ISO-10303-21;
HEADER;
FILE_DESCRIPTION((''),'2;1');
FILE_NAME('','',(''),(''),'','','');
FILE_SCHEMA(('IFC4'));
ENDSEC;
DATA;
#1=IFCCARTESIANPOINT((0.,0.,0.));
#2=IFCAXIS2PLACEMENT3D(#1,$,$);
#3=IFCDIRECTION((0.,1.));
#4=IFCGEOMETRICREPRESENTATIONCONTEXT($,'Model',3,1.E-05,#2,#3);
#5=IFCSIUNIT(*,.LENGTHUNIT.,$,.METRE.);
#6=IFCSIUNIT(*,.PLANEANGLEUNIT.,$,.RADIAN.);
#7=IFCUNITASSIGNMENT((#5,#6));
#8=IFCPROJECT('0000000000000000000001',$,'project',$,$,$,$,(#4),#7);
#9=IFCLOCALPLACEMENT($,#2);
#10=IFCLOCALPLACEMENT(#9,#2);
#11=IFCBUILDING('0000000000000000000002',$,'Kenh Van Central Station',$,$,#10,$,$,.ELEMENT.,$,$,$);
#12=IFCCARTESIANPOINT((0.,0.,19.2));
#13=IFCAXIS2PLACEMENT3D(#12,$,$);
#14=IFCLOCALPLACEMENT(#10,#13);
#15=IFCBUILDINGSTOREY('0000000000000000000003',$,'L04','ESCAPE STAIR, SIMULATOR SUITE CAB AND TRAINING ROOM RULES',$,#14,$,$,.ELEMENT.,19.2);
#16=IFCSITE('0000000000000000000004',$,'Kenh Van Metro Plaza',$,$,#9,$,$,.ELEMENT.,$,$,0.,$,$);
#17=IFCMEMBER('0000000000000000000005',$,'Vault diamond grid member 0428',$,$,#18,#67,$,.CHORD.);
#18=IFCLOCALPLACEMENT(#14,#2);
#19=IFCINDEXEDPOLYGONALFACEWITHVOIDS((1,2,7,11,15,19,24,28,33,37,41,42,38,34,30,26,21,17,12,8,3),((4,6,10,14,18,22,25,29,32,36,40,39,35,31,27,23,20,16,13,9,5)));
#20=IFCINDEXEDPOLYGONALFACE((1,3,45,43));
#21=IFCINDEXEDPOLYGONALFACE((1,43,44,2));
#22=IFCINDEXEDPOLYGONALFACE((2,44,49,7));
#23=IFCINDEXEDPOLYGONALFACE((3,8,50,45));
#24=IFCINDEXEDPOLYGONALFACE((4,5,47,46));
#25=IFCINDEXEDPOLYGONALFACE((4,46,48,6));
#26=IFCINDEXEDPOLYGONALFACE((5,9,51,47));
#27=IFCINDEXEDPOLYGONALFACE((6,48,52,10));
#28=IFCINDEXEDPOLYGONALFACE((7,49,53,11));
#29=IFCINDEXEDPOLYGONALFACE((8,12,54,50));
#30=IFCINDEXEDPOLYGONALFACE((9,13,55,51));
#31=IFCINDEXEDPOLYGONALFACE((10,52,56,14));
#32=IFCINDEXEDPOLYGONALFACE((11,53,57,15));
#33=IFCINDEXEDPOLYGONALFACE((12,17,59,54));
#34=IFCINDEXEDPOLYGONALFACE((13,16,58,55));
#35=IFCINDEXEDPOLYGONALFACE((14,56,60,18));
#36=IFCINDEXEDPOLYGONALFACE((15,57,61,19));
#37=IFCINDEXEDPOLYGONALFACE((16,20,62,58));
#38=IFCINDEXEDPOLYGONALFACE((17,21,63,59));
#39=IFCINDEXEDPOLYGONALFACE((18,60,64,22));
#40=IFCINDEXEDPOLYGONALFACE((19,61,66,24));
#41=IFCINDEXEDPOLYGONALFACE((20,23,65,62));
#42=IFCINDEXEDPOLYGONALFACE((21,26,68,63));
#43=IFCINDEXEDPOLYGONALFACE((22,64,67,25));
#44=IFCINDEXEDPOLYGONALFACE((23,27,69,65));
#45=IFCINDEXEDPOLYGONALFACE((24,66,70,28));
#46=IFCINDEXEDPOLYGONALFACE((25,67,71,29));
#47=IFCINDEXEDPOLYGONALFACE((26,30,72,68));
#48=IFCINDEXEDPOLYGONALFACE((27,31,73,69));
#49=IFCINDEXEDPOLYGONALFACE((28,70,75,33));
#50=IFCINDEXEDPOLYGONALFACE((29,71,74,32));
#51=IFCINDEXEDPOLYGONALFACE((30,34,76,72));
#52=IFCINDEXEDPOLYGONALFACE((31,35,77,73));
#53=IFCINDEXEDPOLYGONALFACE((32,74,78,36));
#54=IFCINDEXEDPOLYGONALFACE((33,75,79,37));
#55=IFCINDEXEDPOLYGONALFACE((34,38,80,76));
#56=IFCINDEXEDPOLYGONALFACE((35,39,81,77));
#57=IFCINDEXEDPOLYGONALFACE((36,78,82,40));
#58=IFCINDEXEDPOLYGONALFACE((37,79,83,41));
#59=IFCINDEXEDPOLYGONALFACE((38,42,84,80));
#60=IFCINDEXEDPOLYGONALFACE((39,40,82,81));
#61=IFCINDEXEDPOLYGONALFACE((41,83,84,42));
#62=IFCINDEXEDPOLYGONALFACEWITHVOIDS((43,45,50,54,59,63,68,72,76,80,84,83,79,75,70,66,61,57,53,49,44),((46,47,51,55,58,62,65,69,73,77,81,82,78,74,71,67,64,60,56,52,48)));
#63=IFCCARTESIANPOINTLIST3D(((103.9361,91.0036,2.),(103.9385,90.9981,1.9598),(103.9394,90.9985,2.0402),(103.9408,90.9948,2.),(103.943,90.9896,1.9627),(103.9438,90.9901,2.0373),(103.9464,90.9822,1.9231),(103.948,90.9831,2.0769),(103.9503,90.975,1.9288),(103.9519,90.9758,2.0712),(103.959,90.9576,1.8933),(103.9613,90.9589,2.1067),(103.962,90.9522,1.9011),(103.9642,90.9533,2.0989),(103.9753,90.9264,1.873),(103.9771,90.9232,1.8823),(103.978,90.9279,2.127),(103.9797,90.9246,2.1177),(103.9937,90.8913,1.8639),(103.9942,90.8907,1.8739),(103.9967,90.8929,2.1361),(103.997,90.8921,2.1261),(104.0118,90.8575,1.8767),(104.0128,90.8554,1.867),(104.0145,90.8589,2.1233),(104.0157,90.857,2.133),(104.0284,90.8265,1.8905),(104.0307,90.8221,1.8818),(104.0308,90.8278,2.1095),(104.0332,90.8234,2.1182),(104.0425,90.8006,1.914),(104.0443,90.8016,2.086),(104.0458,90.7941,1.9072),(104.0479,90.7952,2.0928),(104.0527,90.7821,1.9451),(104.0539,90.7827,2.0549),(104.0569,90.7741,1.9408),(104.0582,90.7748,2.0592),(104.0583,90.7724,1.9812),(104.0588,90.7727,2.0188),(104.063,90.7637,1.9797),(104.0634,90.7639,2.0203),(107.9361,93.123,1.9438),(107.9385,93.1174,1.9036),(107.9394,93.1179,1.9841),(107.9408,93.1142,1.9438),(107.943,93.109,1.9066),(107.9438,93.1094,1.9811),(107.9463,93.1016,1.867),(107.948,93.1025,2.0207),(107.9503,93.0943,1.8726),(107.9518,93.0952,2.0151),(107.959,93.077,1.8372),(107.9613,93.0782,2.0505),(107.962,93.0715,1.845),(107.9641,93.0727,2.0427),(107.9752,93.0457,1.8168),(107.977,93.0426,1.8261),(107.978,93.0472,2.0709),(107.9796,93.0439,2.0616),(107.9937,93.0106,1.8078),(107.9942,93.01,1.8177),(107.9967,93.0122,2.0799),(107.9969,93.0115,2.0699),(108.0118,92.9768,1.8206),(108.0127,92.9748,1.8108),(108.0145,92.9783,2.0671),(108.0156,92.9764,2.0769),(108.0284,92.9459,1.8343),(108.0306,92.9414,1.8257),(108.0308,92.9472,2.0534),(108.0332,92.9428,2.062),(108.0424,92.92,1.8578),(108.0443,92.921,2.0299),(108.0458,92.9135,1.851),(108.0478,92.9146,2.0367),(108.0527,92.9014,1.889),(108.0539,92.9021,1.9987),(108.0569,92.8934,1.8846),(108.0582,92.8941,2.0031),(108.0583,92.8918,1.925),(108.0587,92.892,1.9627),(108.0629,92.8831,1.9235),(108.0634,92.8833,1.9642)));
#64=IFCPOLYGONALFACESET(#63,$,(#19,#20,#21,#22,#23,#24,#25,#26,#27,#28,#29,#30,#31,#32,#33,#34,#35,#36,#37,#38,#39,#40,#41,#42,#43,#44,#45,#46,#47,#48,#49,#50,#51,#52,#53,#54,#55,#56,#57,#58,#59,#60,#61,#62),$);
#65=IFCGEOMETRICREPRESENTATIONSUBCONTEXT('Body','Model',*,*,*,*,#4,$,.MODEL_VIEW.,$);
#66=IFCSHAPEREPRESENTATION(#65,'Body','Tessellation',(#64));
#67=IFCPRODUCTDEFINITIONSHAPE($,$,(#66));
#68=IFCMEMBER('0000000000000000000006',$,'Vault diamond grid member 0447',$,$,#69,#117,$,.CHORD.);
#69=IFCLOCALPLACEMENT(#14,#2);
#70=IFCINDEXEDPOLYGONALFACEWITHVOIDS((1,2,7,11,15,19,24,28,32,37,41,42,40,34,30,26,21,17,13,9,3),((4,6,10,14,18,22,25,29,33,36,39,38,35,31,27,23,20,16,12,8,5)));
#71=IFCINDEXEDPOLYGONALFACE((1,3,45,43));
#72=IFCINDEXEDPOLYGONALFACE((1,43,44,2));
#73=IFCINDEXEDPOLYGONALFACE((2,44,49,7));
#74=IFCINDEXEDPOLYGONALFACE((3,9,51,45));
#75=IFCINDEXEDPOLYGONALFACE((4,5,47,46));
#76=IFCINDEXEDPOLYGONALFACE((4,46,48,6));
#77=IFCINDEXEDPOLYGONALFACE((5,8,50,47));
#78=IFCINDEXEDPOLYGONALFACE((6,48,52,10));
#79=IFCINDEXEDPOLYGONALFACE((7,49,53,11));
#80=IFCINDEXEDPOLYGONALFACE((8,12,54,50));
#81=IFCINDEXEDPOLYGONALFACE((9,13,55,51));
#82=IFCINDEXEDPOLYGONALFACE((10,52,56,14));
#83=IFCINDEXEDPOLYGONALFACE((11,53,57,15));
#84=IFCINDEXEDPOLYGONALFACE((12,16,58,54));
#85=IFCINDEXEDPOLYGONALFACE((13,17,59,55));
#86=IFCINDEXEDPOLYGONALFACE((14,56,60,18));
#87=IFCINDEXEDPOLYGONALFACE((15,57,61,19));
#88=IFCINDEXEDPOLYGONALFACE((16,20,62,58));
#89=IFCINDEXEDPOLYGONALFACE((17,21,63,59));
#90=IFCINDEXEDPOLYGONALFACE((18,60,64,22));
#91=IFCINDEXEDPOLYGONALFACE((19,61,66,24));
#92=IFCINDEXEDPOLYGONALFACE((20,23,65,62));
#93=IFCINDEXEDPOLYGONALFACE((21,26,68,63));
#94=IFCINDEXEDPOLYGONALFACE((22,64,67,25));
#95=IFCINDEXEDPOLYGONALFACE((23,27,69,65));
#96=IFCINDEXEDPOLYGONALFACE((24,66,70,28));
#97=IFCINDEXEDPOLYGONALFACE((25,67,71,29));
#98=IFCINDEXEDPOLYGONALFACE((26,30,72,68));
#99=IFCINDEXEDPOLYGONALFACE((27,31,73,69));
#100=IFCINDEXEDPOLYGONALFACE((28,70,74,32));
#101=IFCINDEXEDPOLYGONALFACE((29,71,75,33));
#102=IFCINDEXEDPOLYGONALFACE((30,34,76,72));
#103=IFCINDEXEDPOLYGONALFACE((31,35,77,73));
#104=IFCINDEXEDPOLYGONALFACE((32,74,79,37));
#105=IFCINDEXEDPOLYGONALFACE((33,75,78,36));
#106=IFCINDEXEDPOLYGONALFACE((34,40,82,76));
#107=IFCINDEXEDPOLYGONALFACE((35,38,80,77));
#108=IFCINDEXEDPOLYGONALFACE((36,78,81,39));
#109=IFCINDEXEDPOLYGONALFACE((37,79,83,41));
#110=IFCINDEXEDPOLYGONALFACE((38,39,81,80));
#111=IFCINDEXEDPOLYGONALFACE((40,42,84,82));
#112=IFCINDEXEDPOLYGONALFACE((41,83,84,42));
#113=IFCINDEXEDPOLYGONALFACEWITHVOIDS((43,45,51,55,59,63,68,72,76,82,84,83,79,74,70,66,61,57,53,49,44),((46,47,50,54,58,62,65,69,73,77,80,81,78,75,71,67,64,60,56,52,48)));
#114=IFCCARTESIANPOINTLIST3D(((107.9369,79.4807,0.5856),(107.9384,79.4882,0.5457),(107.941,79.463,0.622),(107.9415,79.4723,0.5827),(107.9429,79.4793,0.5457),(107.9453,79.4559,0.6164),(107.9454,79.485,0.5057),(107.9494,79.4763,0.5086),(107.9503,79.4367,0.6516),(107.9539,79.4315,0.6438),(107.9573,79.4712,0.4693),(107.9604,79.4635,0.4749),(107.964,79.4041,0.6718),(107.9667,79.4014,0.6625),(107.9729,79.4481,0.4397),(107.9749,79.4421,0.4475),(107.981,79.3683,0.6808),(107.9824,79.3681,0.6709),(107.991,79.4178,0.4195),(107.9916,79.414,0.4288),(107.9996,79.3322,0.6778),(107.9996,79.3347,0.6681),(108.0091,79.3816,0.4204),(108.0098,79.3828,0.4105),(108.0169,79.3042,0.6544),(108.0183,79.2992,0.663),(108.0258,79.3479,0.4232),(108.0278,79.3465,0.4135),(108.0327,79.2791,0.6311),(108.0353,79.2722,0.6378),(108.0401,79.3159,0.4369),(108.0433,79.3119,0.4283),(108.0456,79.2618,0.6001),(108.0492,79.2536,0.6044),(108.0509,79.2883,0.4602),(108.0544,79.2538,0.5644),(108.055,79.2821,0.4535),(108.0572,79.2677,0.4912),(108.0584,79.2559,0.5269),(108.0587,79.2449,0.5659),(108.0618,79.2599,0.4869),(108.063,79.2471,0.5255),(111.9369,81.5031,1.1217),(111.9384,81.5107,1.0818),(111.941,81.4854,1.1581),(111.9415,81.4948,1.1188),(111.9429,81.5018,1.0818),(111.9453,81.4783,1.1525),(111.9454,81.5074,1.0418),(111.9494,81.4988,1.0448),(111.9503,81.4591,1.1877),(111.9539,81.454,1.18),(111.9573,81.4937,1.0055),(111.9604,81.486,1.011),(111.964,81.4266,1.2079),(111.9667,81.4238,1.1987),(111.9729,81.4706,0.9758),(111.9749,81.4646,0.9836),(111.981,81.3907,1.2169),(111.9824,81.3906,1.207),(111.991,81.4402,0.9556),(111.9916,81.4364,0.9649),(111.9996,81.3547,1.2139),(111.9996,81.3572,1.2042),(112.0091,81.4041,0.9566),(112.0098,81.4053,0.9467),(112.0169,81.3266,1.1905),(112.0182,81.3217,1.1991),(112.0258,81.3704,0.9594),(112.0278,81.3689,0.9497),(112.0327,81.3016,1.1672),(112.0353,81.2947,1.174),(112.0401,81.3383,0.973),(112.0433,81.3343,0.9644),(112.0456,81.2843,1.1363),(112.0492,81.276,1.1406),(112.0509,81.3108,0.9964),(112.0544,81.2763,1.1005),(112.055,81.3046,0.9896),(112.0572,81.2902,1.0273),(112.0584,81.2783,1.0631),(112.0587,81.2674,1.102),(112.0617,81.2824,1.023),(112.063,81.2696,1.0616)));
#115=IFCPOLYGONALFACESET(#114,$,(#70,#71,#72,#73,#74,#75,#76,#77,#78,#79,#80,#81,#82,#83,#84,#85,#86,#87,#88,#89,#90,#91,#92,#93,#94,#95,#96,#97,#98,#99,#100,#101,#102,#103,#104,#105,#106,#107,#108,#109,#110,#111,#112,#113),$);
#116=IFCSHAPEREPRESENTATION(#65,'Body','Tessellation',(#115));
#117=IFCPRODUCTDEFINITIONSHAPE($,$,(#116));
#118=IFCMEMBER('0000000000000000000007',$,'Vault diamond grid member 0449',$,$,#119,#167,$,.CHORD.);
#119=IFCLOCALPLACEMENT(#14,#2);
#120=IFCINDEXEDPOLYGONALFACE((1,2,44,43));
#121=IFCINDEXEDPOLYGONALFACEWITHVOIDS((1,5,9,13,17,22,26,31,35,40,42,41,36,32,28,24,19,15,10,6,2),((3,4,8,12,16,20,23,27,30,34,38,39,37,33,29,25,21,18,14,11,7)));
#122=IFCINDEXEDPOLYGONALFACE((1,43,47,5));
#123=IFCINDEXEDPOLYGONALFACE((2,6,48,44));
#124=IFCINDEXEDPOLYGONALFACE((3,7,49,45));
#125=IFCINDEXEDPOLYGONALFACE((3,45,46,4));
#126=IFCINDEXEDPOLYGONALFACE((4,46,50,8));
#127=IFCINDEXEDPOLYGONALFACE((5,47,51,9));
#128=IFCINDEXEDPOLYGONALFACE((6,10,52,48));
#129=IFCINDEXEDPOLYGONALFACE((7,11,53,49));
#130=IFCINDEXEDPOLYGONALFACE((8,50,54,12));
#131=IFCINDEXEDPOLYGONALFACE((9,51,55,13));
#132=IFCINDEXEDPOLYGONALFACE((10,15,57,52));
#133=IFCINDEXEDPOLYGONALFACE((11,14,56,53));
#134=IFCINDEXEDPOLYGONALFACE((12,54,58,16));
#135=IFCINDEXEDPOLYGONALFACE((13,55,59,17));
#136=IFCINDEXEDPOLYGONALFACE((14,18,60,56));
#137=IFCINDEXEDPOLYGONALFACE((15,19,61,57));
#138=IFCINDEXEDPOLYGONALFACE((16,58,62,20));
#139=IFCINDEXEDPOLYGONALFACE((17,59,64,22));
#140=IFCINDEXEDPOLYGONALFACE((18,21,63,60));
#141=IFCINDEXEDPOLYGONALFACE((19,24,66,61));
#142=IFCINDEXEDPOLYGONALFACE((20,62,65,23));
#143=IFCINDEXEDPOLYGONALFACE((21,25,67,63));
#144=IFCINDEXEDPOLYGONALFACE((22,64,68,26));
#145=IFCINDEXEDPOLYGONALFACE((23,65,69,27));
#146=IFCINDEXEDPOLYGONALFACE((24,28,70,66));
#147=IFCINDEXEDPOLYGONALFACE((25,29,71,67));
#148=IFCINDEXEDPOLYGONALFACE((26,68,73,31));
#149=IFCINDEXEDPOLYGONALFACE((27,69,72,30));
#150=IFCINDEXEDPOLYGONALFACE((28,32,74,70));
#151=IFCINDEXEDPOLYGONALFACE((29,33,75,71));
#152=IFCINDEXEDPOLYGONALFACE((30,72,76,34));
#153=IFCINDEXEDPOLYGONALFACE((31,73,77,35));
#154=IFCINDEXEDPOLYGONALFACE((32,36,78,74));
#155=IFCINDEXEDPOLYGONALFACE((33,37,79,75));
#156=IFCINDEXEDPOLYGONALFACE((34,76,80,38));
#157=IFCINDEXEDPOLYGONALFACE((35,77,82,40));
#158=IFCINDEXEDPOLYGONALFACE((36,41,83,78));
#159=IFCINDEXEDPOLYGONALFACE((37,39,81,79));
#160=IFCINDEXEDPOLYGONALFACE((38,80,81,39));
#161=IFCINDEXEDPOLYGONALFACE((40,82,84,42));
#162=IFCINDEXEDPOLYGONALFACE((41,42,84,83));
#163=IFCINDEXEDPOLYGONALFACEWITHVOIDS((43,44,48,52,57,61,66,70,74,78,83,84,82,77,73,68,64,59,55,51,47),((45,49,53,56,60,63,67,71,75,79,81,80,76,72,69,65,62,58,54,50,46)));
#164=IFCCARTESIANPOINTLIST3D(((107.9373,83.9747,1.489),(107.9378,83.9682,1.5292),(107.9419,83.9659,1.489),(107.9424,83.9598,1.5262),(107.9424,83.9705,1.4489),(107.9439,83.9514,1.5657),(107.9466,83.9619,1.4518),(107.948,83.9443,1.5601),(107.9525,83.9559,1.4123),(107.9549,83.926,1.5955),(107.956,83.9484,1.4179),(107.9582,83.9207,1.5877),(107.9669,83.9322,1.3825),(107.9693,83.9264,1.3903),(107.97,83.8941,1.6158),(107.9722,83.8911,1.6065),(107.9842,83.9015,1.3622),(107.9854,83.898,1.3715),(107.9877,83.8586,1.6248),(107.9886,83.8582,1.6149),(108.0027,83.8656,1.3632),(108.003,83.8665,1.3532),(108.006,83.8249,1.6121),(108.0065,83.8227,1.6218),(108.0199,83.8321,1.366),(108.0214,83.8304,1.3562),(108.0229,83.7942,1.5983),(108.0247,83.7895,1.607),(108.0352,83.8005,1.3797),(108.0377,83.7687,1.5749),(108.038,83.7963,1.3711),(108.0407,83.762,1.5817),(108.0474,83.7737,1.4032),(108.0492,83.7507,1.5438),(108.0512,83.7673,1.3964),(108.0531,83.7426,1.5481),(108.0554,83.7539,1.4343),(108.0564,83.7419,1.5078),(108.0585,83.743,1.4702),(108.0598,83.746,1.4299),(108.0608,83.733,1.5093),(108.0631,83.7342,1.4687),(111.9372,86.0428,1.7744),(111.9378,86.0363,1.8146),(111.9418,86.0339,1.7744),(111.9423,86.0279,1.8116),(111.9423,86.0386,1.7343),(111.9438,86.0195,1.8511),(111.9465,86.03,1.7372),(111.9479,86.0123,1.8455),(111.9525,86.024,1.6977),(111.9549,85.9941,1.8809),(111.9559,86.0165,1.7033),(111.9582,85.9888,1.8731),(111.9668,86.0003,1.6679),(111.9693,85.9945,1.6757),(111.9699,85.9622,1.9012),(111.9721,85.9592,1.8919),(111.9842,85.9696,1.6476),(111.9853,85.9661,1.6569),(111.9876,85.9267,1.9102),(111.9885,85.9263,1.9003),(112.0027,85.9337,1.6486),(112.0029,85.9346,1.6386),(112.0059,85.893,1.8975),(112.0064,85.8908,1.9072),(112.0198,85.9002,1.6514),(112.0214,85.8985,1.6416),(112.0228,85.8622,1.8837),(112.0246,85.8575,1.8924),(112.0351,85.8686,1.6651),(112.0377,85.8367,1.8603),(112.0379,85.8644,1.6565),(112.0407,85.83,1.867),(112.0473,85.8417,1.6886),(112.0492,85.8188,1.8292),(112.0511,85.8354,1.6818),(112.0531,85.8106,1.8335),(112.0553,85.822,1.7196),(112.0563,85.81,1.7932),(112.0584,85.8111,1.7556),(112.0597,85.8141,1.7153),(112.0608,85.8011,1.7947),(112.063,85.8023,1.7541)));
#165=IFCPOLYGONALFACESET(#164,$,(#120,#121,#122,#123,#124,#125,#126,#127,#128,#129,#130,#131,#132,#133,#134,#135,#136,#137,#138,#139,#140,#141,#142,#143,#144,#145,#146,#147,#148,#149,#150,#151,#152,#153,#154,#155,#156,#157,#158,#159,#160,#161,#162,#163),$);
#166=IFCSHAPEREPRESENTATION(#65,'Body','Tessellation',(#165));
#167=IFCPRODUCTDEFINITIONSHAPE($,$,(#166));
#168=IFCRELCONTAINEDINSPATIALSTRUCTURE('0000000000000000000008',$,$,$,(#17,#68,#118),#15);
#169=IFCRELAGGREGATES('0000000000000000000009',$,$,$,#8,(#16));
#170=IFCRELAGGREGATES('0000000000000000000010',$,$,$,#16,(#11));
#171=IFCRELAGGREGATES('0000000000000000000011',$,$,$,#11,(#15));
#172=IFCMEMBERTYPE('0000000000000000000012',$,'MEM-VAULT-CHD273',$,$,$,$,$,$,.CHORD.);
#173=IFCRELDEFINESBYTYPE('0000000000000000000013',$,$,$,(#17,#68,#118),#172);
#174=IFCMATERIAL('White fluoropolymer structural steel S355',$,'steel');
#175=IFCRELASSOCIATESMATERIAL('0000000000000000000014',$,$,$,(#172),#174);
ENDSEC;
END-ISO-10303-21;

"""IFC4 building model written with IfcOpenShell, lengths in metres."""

from ifc_helpers import new_model, si_unit, direction, frame, origin, origin_2d, place, context, subcontext, project, spatial, hollow_circle, extrude, material, material_profile, profile_set, type_object, element, save


model = new_model("IFC4")

# Units and contexts
model_context = context("Model", 3, precision=1e-05, world=origin(), true_north=direction((0.0, 1.0)))
body_context = subcontext(model_context, "Body", "Model", "MODEL_VIEW")
ifc_project = project(units=[si_unit("LENGTHUNIT", "METRE"), si_unit("PLANEANGLEUNIT", "RADIAN")], contexts=[model_context])

# Site, building, storey
site_placement = place(None, origin())
site = spatial("IfcSite", under=ifc_project, at=site_placement, Name="Kenh Van Metro Plaza", CompositionType="ELEMENT", RefElevation=0.0)
building_placement = place(site_placement, origin())
building = spatial("IfcBuilding", under=site, at=building_placement, Name="Kenh Van Central Station", CompositionType="ELEMENT")
storey_placement = place(building_placement, frame((0.0, 0.0, 19.2)))
storey = spatial("IfcBuildingStorey", under=building, at=storey_placement, Name="L04", Description="ESCAPE STAIR, SIMULATOR SUITE CAB AND TRAINING ROOM RULES", CompositionType="ELEMENT", Elevation=19.2)

# Shared definitions
ifc_material_1 = material(Name="White fluoropolymer structural steel S355", Category="steel")

# Members
ifc_material_profile_1 = material_profile(ifc_material_1, hollow_circle(Radius=0.1365, WallThickness=0.01, at=origin_2d()), Name="CHS 273x10")
ifc_profile_set_1 = profile_set([ifc_material_profile_1], Name="White fluoropolymer structural steel S355")
member_type_1 = type_object("IfcMemberType", Name="MEM-VAULT-CHD273", PredefinedType="CHORD", material=ifc_profile_set_1)
for number, where, z_axis, x_axis, name in (
    (1, (104.0, 90.8831, 2.0), (0.883561, 0.468152, -0.012404), (-0.468188, 0.883629, 0.0), "Vault diamond grid member 0428"),
):
    element("IfcMember", number, at=place(storey_placement, frame(where, z_axis=z_axis, x_axis=x_axis)), inside=storey, type_object=member_type_1, Name=name, PredefinedType="CHORD", context=body_context, shape_type="SweptSolid", body=[
        extrude(hollow_circle(Radius=0.1365, WallThickness=0.01, at=origin_2d()), origin(), (0.0, 0.0, 1.0), 4.5271),
    ])
member_1_placement = place(storey_placement, frame((108.0, 79.3665, 0.5457), z_axis=(0.886097, 0.448024, 0.118766), x_axis=(-0.451218, 0.892414, 0.0)))
element("IfcMember", 2, at=member_1_placement, inside=storey, type_object=member_type_1, Name="Vault diamond grid member 0447", PredefinedType="CHORD", context=body_context, shape_type="SweptSolid", body=[
    extrude(hollow_circle(Radius=0.1365, WallThickness=0.01, at=origin_2d()), origin(), (0.0, 0.0, 1.0), 4.5142),
])
member_2_placement = place(storey_placement, frame((108.0, 83.8535, 1.489), z_axis=(0.886516, 0.458354, 0.063253), x_axis=(-0.459274, 0.888295, 0.0)))
element("IfcMember", 3, at=member_2_placement, inside=storey, type_object=member_type_1, Name="Vault diamond grid member 0449", PredefinedType="CHORD", context=body_context, shape_type="SweptSolid", body=[
    extrude(hollow_circle(Radius=0.1365, WallThickness=0.01, at=origin_2d()), origin(), (0.0, 0.0, 1.0), 4.512),
])

save(model, "model.ifc")
